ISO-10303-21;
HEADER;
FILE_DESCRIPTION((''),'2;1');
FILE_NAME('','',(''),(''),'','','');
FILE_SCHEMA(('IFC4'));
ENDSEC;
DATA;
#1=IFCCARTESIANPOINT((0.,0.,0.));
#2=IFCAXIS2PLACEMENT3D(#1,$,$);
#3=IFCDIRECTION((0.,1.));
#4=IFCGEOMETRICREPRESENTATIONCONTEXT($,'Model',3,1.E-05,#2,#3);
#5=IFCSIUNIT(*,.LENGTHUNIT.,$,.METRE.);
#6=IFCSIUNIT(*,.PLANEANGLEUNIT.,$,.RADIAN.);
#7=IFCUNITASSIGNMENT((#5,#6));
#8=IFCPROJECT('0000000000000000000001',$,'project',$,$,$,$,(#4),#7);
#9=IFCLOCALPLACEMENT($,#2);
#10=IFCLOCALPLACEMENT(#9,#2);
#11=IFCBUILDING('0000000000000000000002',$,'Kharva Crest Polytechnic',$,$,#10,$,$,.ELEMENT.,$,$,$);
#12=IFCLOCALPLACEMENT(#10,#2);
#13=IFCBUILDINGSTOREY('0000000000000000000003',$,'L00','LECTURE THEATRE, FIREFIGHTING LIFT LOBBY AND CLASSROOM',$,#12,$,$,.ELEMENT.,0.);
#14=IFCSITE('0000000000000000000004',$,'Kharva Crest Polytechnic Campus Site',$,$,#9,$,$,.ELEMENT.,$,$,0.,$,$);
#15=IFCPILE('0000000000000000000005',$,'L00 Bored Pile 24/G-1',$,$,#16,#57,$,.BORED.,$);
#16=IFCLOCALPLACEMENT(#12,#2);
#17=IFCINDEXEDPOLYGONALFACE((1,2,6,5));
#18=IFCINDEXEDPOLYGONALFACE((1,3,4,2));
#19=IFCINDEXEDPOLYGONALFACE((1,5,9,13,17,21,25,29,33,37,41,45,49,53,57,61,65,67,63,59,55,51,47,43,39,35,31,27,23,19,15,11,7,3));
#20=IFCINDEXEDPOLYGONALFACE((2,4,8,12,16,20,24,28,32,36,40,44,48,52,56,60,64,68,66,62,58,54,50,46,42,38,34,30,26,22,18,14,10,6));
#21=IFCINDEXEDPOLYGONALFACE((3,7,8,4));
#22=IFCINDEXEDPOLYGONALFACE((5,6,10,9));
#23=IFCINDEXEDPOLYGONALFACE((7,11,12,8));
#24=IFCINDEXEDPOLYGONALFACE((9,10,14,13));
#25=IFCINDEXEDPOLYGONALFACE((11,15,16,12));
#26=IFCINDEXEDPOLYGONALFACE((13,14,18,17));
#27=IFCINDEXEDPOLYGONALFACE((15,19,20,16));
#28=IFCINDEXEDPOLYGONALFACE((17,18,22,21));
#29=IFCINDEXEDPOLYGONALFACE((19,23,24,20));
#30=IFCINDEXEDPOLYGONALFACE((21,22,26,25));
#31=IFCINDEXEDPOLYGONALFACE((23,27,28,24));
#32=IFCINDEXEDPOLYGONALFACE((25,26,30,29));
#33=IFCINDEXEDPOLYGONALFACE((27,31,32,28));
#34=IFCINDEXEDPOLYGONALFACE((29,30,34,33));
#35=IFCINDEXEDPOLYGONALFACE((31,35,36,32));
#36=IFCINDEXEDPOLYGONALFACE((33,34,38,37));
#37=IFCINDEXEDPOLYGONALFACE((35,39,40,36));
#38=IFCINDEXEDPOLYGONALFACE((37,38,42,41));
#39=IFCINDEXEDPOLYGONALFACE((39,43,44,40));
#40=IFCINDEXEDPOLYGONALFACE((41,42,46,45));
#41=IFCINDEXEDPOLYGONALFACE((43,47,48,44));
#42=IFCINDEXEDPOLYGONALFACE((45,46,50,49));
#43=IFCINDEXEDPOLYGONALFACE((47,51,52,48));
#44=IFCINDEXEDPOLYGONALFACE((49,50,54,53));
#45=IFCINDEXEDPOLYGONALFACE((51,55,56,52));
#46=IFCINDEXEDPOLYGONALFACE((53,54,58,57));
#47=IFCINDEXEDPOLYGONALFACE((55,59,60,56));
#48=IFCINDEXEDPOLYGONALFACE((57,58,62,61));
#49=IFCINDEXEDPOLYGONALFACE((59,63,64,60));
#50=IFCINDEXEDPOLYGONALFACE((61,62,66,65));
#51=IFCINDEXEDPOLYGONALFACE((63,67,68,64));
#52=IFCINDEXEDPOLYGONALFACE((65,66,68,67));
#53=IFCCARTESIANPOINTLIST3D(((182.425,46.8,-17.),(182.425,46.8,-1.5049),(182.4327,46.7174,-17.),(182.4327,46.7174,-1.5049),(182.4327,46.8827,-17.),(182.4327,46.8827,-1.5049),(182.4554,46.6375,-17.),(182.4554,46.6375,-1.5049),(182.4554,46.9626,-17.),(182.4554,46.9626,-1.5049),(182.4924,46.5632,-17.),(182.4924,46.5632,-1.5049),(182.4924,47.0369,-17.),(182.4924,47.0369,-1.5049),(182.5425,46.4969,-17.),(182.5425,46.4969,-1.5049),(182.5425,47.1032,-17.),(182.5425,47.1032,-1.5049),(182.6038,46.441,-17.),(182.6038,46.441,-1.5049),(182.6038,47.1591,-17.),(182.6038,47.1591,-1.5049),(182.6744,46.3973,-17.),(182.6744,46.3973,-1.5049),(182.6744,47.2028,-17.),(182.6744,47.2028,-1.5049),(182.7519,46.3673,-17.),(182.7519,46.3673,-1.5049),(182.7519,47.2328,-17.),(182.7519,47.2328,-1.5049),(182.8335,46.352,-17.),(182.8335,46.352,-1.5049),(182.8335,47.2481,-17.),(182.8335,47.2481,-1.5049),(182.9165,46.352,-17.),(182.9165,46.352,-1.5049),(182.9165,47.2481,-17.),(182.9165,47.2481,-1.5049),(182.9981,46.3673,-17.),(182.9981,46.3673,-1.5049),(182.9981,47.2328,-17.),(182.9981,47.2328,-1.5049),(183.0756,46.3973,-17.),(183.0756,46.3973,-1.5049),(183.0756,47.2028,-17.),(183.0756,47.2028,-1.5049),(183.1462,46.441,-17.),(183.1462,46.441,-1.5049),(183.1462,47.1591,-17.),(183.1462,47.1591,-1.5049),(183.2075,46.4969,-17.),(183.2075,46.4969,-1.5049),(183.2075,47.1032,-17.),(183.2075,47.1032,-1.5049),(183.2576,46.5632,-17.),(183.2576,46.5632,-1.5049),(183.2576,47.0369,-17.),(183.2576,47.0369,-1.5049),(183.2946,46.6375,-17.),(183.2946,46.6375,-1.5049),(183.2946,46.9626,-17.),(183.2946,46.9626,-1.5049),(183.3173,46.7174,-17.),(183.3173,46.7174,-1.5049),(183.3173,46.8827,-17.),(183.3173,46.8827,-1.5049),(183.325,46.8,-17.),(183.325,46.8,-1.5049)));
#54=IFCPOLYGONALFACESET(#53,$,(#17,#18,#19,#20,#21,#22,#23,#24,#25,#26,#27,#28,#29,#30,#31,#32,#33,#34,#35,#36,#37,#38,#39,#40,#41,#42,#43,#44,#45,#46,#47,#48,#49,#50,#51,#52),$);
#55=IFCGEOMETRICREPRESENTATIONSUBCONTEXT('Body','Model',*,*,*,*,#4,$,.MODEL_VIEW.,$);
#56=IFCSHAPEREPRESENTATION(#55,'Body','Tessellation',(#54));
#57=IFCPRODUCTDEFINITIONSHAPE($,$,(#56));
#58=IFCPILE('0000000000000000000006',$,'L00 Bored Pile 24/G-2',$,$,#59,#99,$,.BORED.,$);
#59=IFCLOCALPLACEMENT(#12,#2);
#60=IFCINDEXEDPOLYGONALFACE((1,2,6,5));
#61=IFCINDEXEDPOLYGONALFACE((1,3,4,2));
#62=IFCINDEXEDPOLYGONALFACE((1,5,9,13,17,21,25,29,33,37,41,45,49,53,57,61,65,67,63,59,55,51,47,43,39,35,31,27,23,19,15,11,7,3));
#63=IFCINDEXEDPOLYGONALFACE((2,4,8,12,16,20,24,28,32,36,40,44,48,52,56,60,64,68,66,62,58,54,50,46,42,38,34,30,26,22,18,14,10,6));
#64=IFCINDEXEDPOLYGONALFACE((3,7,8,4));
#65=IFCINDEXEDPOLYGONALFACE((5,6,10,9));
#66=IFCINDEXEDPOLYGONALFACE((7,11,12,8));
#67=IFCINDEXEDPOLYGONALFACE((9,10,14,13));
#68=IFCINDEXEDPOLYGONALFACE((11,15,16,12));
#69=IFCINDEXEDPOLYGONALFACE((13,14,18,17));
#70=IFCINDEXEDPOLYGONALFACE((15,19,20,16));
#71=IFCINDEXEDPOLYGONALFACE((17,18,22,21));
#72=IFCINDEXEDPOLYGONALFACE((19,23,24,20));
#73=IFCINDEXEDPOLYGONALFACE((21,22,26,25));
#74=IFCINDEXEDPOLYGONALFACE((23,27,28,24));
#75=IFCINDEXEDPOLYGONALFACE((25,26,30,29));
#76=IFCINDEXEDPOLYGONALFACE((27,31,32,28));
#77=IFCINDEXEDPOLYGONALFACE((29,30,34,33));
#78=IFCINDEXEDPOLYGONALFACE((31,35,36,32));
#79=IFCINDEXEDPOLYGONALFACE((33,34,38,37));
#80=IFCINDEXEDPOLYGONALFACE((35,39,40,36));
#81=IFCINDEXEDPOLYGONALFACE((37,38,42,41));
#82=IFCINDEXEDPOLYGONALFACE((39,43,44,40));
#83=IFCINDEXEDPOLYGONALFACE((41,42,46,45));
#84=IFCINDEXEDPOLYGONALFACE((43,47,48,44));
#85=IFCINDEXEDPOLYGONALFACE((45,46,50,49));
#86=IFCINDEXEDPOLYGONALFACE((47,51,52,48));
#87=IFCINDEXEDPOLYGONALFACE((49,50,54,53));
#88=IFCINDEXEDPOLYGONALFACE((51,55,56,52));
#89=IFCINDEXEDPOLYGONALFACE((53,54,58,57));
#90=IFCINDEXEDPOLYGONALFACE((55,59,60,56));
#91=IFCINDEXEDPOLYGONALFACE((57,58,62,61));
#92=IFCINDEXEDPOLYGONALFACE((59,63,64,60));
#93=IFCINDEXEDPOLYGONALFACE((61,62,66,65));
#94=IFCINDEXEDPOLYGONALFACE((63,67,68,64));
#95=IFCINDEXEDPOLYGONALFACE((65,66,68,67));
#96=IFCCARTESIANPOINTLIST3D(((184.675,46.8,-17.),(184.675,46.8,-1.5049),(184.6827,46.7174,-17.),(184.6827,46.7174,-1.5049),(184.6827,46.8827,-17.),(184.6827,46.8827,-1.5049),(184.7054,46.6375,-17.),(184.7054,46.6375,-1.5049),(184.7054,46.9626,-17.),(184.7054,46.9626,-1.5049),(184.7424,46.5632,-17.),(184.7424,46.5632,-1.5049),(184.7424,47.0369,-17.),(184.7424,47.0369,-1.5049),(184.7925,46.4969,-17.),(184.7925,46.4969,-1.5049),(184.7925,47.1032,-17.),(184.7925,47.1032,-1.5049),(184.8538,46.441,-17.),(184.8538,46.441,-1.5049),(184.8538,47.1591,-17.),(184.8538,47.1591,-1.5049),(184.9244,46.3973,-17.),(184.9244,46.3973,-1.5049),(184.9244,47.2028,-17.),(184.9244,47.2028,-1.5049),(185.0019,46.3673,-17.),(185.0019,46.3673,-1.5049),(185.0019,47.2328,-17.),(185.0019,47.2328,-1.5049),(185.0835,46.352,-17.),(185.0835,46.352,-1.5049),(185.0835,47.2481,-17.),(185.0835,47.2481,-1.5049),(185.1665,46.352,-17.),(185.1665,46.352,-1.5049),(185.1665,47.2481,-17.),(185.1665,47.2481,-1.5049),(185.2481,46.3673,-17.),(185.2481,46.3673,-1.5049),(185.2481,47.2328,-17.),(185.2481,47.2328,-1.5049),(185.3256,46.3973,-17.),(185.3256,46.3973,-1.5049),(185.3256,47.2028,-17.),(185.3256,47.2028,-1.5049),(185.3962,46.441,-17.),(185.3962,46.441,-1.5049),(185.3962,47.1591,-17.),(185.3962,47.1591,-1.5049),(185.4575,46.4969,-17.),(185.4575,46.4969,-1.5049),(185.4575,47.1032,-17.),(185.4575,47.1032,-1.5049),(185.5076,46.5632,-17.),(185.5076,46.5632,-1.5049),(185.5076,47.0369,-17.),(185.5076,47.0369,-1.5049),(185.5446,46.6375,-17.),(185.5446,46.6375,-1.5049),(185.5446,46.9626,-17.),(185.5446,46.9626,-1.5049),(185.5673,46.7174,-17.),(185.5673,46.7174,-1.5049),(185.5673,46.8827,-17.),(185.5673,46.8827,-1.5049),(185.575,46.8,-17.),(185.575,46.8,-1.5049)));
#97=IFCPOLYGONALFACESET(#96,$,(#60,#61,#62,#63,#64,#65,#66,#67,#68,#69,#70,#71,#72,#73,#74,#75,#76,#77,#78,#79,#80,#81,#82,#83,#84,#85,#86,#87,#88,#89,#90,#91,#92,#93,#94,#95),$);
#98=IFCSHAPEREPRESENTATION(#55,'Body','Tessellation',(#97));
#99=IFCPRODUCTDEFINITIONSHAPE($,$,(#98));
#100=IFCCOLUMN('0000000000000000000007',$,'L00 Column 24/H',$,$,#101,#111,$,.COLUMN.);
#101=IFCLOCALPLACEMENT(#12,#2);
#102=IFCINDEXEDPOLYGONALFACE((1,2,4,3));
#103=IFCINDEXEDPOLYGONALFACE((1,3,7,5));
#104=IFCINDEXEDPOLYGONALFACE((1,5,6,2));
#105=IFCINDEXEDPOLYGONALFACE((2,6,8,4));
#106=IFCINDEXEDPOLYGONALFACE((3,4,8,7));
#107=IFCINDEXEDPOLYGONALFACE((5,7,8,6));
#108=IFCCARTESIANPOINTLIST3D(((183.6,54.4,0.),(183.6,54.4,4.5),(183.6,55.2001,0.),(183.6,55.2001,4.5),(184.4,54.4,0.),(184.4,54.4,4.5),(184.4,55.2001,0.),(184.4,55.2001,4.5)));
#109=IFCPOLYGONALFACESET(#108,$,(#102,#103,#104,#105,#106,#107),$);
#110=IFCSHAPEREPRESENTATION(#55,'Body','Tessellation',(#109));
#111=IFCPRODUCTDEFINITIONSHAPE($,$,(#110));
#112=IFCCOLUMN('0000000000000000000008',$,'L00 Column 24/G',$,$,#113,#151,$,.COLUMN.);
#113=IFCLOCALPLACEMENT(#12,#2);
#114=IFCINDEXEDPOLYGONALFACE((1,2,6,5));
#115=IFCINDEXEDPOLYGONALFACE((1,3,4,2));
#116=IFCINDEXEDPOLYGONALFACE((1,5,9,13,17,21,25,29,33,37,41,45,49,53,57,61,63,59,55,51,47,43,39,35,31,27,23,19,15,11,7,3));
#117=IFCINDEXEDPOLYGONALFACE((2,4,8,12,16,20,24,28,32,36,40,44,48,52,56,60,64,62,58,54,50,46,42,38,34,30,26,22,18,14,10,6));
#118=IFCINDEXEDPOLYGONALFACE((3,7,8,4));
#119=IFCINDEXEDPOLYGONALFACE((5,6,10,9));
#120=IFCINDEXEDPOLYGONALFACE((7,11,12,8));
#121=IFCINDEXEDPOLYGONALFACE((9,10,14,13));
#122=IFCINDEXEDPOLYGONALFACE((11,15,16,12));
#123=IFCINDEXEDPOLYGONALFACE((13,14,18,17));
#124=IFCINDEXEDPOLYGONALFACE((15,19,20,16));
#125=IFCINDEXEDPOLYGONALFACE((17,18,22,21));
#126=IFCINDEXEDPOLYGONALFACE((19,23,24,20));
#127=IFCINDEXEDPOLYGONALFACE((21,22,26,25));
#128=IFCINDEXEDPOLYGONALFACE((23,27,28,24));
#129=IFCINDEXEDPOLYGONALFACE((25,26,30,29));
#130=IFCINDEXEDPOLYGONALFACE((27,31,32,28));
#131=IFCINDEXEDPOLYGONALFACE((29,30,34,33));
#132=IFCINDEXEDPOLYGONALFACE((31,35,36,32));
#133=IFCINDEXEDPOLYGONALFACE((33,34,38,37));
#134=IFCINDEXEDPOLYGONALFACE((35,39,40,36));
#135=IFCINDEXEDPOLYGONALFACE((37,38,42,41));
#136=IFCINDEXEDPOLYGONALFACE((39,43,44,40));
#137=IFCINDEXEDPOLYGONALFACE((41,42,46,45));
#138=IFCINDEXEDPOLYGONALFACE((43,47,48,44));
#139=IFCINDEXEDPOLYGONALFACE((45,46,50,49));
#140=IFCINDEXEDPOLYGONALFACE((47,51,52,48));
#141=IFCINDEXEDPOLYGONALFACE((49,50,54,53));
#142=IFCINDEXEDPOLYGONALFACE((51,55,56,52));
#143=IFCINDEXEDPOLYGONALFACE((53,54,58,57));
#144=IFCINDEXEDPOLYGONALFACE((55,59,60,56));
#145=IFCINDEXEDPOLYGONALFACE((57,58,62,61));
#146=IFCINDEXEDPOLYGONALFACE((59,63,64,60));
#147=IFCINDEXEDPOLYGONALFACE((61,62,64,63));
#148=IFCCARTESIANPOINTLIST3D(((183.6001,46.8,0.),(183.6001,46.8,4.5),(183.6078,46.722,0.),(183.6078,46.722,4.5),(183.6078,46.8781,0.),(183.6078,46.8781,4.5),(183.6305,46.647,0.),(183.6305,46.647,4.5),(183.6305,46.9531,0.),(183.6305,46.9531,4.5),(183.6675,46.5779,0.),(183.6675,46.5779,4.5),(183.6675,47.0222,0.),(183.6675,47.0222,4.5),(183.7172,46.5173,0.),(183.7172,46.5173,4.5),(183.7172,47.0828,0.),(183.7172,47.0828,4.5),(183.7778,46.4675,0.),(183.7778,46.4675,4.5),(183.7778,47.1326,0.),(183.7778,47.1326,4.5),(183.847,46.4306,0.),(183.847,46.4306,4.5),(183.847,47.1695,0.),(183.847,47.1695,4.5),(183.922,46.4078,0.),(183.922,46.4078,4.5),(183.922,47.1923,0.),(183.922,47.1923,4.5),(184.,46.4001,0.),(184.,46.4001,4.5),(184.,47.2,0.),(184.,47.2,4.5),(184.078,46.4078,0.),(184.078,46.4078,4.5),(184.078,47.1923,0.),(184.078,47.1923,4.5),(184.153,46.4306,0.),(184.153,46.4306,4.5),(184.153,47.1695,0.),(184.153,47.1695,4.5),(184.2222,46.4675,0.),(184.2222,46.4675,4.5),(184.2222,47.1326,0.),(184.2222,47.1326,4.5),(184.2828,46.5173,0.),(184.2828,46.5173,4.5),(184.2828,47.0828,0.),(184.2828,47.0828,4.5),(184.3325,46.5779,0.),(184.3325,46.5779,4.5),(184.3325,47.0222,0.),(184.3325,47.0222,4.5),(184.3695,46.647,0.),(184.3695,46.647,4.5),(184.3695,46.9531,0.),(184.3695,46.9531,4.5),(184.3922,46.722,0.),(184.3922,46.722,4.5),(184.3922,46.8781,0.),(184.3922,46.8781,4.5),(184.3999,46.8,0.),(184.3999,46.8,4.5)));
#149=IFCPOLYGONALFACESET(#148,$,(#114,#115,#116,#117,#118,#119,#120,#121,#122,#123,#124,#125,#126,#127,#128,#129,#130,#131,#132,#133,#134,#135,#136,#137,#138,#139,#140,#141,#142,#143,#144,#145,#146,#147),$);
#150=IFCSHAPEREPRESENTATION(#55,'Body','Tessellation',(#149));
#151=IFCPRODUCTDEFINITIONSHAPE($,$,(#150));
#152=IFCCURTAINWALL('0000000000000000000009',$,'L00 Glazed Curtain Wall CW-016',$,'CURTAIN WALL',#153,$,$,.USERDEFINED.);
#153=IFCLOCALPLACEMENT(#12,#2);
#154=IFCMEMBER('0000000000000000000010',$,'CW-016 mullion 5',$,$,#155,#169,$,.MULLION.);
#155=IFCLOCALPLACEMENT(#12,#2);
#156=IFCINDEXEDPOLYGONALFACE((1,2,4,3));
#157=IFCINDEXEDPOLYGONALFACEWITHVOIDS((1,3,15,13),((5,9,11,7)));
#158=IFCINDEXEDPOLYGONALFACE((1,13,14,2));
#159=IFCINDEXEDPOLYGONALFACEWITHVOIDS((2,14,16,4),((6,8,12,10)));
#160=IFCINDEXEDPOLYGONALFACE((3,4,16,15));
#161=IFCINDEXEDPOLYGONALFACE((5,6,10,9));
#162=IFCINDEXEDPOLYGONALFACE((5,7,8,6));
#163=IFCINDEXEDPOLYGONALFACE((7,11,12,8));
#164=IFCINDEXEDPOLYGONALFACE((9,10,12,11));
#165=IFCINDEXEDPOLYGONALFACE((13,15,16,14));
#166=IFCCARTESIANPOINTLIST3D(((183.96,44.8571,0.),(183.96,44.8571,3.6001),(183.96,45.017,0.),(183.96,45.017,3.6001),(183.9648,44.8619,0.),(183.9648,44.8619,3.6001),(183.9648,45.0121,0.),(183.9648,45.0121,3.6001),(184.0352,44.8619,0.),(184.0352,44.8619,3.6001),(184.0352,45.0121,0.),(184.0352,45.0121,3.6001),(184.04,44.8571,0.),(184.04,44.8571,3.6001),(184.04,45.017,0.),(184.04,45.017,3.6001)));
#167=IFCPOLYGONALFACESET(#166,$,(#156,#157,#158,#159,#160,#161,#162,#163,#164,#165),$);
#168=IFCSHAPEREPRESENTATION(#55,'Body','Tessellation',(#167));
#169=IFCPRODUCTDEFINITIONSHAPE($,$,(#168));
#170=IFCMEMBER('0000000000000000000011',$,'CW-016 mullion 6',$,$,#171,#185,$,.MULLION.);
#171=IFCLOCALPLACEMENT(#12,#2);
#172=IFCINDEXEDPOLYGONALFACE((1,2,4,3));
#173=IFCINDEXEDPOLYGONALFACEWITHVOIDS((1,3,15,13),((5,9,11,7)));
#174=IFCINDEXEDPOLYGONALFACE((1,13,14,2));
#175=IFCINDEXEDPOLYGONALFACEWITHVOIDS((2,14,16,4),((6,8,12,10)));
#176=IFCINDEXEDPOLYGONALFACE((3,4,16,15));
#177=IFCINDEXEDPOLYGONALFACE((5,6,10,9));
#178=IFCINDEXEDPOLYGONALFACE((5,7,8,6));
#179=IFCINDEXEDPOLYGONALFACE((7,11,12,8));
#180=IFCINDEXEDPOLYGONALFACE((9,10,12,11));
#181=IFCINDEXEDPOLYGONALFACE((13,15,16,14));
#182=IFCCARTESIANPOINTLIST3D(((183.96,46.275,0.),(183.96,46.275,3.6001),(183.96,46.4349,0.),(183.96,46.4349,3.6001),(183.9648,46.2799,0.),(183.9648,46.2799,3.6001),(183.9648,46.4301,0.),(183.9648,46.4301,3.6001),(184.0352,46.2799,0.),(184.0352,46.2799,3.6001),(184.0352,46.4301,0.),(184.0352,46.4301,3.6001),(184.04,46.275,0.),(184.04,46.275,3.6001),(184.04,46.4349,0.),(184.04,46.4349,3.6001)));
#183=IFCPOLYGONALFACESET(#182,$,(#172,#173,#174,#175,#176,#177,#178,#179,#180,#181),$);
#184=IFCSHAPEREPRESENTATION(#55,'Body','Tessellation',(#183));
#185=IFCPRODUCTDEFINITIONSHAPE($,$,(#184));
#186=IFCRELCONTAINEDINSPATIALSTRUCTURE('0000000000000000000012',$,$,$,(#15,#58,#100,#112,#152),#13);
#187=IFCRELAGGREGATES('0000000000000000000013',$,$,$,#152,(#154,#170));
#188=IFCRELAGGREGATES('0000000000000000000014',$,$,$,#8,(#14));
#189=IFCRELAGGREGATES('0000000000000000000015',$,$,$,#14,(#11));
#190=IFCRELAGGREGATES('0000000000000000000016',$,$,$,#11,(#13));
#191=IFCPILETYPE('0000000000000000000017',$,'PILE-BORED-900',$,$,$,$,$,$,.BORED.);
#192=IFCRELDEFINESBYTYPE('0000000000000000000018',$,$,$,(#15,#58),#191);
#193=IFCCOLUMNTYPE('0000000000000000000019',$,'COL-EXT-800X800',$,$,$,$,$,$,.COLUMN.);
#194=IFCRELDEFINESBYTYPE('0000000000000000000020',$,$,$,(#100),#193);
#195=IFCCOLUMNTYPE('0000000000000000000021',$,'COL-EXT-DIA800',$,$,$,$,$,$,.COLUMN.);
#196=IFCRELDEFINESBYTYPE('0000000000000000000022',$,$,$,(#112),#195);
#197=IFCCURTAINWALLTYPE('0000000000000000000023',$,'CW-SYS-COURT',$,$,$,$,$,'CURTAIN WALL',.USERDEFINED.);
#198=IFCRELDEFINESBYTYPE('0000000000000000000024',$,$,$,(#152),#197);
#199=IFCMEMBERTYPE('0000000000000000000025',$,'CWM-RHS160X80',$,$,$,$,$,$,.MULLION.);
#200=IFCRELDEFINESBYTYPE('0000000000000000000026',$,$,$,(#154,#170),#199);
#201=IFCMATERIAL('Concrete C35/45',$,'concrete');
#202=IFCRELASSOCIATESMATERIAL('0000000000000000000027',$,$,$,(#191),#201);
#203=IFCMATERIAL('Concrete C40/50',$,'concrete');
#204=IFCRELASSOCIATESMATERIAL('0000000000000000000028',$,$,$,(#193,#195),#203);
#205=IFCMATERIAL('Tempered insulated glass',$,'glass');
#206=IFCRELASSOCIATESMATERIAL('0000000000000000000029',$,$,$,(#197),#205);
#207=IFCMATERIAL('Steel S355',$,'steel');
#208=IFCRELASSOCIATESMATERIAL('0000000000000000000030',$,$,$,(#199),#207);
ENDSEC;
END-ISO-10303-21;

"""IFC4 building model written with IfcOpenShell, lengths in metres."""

from ifc_helpers import new_model, si_unit, direction, frame, origin, origin_2d, place, context, subcontext, project, spatial, rectangle, hollow_rectangle, circle, extrude, material, material_profile, profile_set, type_object, element, aggregate, save


model = new_model("IFC4")

# Units and contexts
model_context = context("Model", 3, precision=1e-05, world=origin(), true_north=direction((0.0, 1.0)))
body_context = subcontext(model_context, "Body", "Model", "MODEL_VIEW")
ifc_project = project(units=[si_unit("LENGTHUNIT", "METRE"), si_unit("PLANEANGLEUNIT", "RADIAN")], contexts=[model_context])

# Site, building, storey
site_placement = place(None, origin())
site = spatial("IfcSite", under=ifc_project, at=site_placement, Name="Kharva Crest Polytechnic Campus Site", CompositionType="ELEMENT", RefElevation=0.0)
building_placement = place(site_placement, origin())
building = spatial("IfcBuilding", under=site, at=building_placement, Name="Kharva Crest Polytechnic", CompositionType="ELEMENT")
storey_placement = place(building_placement, origin())
storey = spatial("IfcBuildingStorey", under=building, at=storey_placement, Name="L00", Description="LECTURE THEATRE, FIREFIGHTING LIFT LOBBY AND CLASSROOM", CompositionType="ELEMENT", Elevation=0.0)

# Shared definitions
ifc_material_1 = material(Name="Concrete C35/45", Category="concrete")

# Piles
ifc_material_profile_1 = material_profile(ifc_material_1, circle(Radius=0.45, at=origin_2d()), Name="DIA 900")
ifc_profile_set_1 = profile_set([ifc_material_profile_1], Name="Concrete C35/45")
pile_type_1 = type_object("IfcPileType", Name="PILE-BORED-900", PredefinedType="BORED", material=ifc_profile_set_1)
for number, where, z_axis, x_axis, name in (
    (1, (182.875, 46.8, -1.5049), (0.0, 0.0, -1.0), (1.0, 0.0, 0.0), "L00 Bored Pile 24/G-1"),
    (2, (185.125, 46.8, -1.5049), (0.0, 0.0, -1.0), (1.0, 0.0, 0.0), "L00 Bored Pile 24/G-2"),
):
    element("IfcPile", number, at=place(storey_placement, frame(where, z_axis=z_axis, x_axis=x_axis)), inside=storey, type_object=pile_type_1, Name=name, PredefinedType="BORED", context=body_context, shape_type="SweptSolid", body=[
        extrude(circle(Radius=0.45, at=origin_2d()), origin(), (0.0, 0.0, 1.0), 15.4951),
    ])

# Columns
ifc_material_2 = material(Name="Concrete C40/50", Category="concrete")
ifc_material_profile_2 = material_profile(ifc_material_2, rectangle(XDim=0.8, YDim=0.8, at=origin_2d()), Name="RECT 800 X 800")
ifc_profile_set_2 = profile_set([ifc_material_profile_2], Name="Concrete C40/50")
column_type_1 = type_object("IfcColumnType", Name="COL-EXT-800X800", PredefinedType="COLUMN", material=ifc_profile_set_2)
column_1_placement = place(storey_placement, frame((184.0, 54.8, 0.0), z_axis=(0.0, 0.0, 1.0), x_axis=(1.0, 0.0, 0.0)))
element("IfcColumn", 3, at=column_1_placement, inside=storey, type_object=column_type_1, Name="L00 Column 24/H", PredefinedType="COLUMN", context=body_context, shape_type="SweptSolid", body=[
    extrude(rectangle(XDim=0.8, YDim=0.8, at=origin_2d()), origin(), (0.0, 0.0, 1.0), 4.5),
])
ifc_material_profile_3 = material_profile(ifc_material_2, circle(Radius=0.3999, at=origin_2d()), Name="DIA 800")
ifc_profile_set_3 = profile_set([ifc_material_profile_3], Name="Concrete C40/50")
column_type_2 = type_object("IfcColumnType", Name="COL-EXT-DIA800", PredefinedType="COLUMN", material=ifc_profile_set_3)
column_2_placement = place(storey_placement, frame((184.0, 46.8, 0.0), z_axis=(0.0, 0.0, 1.0), x_axis=(1.0, 0.0, 0.0)))
element("IfcColumn", 4, at=column_2_placement, inside=storey, type_object=column_type_2, Name="L00 Column 24/G", PredefinedType="COLUMN", context=body_context, shape_type="SweptSolid", body=[
    extrude(circle(Radius=0.3999, at=origin_2d()), origin(), (0.0, 0.0, 1.0), 4.5),
])

# Curtain wall, members
ifc_material_3 = material(Name="Tempered insulated glass", Category="glass")
curtain_wall_type = type_object("IfcCurtainWallType", Name="CW-SYS-COURT", ElementType="CURTAIN WALL", PredefinedType="USERDEFINED", material=ifc_material_3)
curtain_wall_1_placement = place(storey_placement, origin())
curtain_wall_1 = element("IfcCurtainWall", 5, at=curtain_wall_1_placement, inside=storey, type_object=curtain_wall_type, Name="L00 Glazed Curtain Wall CW-016", ObjectType="CURTAIN WALL", PredefinedType="USERDEFINED")
ifc_material_4 = material(Name="Steel S355", Category="steel")
ifc_material_profile_4 = material_profile(ifc_material_4, hollow_rectangle(XDim=0.0801, YDim=0.1599, WallThickness=0.0049, at=origin_2d()), Name="RHS 160X80X5.0")
ifc_profile_set_4 = profile_set([ifc_material_profile_4], Name="Steel S355")
member_type_1 = type_object("IfcMemberType", Name="CWM-RHS160X80", PredefinedType="MULLION", material=ifc_profile_set_4)
member_1_placement = place(storey_placement, frame((184.0, 44.937, 0.0), z_axis=(0.0, 0.0, 1.0), x_axis=(-1.0, 0.0, 0.0)))
member_1 = element("IfcMember", 6, at=member_1_placement, type_object=member_type_1, Name="CW-016 mullion 5", PredefinedType="MULLION", context=body_context, shape_type="SweptSolid", body=[
    extrude(hollow_rectangle(XDim=0.0801, YDim=0.1599, WallThickness=0.0049, at=origin_2d()), origin(), (0.0, 0.0, 1.0), 3.6001),
])
member_2_placement = place(storey_placement, frame((184.0, 46.355, 0.0), z_axis=(0.0, 0.0, 1.0), x_axis=(-1.0, 0.0, 0.0)))
member_2 = element("IfcMember", 7, at=member_2_placement, type_object=member_type_1, Name="CW-016 mullion 6", PredefinedType="MULLION", context=body_context, shape_type="SweptSolid", body=[
    extrude(hollow_rectangle(XDim=0.0801, YDim=0.1599, WallThickness=0.0049, at=origin_2d()), origin(), (0.0, 0.0, 1.0), 3.6001),
])

aggregate(curtain_wall_1, [member_1, member_2])

save(model, "model.ifc")
